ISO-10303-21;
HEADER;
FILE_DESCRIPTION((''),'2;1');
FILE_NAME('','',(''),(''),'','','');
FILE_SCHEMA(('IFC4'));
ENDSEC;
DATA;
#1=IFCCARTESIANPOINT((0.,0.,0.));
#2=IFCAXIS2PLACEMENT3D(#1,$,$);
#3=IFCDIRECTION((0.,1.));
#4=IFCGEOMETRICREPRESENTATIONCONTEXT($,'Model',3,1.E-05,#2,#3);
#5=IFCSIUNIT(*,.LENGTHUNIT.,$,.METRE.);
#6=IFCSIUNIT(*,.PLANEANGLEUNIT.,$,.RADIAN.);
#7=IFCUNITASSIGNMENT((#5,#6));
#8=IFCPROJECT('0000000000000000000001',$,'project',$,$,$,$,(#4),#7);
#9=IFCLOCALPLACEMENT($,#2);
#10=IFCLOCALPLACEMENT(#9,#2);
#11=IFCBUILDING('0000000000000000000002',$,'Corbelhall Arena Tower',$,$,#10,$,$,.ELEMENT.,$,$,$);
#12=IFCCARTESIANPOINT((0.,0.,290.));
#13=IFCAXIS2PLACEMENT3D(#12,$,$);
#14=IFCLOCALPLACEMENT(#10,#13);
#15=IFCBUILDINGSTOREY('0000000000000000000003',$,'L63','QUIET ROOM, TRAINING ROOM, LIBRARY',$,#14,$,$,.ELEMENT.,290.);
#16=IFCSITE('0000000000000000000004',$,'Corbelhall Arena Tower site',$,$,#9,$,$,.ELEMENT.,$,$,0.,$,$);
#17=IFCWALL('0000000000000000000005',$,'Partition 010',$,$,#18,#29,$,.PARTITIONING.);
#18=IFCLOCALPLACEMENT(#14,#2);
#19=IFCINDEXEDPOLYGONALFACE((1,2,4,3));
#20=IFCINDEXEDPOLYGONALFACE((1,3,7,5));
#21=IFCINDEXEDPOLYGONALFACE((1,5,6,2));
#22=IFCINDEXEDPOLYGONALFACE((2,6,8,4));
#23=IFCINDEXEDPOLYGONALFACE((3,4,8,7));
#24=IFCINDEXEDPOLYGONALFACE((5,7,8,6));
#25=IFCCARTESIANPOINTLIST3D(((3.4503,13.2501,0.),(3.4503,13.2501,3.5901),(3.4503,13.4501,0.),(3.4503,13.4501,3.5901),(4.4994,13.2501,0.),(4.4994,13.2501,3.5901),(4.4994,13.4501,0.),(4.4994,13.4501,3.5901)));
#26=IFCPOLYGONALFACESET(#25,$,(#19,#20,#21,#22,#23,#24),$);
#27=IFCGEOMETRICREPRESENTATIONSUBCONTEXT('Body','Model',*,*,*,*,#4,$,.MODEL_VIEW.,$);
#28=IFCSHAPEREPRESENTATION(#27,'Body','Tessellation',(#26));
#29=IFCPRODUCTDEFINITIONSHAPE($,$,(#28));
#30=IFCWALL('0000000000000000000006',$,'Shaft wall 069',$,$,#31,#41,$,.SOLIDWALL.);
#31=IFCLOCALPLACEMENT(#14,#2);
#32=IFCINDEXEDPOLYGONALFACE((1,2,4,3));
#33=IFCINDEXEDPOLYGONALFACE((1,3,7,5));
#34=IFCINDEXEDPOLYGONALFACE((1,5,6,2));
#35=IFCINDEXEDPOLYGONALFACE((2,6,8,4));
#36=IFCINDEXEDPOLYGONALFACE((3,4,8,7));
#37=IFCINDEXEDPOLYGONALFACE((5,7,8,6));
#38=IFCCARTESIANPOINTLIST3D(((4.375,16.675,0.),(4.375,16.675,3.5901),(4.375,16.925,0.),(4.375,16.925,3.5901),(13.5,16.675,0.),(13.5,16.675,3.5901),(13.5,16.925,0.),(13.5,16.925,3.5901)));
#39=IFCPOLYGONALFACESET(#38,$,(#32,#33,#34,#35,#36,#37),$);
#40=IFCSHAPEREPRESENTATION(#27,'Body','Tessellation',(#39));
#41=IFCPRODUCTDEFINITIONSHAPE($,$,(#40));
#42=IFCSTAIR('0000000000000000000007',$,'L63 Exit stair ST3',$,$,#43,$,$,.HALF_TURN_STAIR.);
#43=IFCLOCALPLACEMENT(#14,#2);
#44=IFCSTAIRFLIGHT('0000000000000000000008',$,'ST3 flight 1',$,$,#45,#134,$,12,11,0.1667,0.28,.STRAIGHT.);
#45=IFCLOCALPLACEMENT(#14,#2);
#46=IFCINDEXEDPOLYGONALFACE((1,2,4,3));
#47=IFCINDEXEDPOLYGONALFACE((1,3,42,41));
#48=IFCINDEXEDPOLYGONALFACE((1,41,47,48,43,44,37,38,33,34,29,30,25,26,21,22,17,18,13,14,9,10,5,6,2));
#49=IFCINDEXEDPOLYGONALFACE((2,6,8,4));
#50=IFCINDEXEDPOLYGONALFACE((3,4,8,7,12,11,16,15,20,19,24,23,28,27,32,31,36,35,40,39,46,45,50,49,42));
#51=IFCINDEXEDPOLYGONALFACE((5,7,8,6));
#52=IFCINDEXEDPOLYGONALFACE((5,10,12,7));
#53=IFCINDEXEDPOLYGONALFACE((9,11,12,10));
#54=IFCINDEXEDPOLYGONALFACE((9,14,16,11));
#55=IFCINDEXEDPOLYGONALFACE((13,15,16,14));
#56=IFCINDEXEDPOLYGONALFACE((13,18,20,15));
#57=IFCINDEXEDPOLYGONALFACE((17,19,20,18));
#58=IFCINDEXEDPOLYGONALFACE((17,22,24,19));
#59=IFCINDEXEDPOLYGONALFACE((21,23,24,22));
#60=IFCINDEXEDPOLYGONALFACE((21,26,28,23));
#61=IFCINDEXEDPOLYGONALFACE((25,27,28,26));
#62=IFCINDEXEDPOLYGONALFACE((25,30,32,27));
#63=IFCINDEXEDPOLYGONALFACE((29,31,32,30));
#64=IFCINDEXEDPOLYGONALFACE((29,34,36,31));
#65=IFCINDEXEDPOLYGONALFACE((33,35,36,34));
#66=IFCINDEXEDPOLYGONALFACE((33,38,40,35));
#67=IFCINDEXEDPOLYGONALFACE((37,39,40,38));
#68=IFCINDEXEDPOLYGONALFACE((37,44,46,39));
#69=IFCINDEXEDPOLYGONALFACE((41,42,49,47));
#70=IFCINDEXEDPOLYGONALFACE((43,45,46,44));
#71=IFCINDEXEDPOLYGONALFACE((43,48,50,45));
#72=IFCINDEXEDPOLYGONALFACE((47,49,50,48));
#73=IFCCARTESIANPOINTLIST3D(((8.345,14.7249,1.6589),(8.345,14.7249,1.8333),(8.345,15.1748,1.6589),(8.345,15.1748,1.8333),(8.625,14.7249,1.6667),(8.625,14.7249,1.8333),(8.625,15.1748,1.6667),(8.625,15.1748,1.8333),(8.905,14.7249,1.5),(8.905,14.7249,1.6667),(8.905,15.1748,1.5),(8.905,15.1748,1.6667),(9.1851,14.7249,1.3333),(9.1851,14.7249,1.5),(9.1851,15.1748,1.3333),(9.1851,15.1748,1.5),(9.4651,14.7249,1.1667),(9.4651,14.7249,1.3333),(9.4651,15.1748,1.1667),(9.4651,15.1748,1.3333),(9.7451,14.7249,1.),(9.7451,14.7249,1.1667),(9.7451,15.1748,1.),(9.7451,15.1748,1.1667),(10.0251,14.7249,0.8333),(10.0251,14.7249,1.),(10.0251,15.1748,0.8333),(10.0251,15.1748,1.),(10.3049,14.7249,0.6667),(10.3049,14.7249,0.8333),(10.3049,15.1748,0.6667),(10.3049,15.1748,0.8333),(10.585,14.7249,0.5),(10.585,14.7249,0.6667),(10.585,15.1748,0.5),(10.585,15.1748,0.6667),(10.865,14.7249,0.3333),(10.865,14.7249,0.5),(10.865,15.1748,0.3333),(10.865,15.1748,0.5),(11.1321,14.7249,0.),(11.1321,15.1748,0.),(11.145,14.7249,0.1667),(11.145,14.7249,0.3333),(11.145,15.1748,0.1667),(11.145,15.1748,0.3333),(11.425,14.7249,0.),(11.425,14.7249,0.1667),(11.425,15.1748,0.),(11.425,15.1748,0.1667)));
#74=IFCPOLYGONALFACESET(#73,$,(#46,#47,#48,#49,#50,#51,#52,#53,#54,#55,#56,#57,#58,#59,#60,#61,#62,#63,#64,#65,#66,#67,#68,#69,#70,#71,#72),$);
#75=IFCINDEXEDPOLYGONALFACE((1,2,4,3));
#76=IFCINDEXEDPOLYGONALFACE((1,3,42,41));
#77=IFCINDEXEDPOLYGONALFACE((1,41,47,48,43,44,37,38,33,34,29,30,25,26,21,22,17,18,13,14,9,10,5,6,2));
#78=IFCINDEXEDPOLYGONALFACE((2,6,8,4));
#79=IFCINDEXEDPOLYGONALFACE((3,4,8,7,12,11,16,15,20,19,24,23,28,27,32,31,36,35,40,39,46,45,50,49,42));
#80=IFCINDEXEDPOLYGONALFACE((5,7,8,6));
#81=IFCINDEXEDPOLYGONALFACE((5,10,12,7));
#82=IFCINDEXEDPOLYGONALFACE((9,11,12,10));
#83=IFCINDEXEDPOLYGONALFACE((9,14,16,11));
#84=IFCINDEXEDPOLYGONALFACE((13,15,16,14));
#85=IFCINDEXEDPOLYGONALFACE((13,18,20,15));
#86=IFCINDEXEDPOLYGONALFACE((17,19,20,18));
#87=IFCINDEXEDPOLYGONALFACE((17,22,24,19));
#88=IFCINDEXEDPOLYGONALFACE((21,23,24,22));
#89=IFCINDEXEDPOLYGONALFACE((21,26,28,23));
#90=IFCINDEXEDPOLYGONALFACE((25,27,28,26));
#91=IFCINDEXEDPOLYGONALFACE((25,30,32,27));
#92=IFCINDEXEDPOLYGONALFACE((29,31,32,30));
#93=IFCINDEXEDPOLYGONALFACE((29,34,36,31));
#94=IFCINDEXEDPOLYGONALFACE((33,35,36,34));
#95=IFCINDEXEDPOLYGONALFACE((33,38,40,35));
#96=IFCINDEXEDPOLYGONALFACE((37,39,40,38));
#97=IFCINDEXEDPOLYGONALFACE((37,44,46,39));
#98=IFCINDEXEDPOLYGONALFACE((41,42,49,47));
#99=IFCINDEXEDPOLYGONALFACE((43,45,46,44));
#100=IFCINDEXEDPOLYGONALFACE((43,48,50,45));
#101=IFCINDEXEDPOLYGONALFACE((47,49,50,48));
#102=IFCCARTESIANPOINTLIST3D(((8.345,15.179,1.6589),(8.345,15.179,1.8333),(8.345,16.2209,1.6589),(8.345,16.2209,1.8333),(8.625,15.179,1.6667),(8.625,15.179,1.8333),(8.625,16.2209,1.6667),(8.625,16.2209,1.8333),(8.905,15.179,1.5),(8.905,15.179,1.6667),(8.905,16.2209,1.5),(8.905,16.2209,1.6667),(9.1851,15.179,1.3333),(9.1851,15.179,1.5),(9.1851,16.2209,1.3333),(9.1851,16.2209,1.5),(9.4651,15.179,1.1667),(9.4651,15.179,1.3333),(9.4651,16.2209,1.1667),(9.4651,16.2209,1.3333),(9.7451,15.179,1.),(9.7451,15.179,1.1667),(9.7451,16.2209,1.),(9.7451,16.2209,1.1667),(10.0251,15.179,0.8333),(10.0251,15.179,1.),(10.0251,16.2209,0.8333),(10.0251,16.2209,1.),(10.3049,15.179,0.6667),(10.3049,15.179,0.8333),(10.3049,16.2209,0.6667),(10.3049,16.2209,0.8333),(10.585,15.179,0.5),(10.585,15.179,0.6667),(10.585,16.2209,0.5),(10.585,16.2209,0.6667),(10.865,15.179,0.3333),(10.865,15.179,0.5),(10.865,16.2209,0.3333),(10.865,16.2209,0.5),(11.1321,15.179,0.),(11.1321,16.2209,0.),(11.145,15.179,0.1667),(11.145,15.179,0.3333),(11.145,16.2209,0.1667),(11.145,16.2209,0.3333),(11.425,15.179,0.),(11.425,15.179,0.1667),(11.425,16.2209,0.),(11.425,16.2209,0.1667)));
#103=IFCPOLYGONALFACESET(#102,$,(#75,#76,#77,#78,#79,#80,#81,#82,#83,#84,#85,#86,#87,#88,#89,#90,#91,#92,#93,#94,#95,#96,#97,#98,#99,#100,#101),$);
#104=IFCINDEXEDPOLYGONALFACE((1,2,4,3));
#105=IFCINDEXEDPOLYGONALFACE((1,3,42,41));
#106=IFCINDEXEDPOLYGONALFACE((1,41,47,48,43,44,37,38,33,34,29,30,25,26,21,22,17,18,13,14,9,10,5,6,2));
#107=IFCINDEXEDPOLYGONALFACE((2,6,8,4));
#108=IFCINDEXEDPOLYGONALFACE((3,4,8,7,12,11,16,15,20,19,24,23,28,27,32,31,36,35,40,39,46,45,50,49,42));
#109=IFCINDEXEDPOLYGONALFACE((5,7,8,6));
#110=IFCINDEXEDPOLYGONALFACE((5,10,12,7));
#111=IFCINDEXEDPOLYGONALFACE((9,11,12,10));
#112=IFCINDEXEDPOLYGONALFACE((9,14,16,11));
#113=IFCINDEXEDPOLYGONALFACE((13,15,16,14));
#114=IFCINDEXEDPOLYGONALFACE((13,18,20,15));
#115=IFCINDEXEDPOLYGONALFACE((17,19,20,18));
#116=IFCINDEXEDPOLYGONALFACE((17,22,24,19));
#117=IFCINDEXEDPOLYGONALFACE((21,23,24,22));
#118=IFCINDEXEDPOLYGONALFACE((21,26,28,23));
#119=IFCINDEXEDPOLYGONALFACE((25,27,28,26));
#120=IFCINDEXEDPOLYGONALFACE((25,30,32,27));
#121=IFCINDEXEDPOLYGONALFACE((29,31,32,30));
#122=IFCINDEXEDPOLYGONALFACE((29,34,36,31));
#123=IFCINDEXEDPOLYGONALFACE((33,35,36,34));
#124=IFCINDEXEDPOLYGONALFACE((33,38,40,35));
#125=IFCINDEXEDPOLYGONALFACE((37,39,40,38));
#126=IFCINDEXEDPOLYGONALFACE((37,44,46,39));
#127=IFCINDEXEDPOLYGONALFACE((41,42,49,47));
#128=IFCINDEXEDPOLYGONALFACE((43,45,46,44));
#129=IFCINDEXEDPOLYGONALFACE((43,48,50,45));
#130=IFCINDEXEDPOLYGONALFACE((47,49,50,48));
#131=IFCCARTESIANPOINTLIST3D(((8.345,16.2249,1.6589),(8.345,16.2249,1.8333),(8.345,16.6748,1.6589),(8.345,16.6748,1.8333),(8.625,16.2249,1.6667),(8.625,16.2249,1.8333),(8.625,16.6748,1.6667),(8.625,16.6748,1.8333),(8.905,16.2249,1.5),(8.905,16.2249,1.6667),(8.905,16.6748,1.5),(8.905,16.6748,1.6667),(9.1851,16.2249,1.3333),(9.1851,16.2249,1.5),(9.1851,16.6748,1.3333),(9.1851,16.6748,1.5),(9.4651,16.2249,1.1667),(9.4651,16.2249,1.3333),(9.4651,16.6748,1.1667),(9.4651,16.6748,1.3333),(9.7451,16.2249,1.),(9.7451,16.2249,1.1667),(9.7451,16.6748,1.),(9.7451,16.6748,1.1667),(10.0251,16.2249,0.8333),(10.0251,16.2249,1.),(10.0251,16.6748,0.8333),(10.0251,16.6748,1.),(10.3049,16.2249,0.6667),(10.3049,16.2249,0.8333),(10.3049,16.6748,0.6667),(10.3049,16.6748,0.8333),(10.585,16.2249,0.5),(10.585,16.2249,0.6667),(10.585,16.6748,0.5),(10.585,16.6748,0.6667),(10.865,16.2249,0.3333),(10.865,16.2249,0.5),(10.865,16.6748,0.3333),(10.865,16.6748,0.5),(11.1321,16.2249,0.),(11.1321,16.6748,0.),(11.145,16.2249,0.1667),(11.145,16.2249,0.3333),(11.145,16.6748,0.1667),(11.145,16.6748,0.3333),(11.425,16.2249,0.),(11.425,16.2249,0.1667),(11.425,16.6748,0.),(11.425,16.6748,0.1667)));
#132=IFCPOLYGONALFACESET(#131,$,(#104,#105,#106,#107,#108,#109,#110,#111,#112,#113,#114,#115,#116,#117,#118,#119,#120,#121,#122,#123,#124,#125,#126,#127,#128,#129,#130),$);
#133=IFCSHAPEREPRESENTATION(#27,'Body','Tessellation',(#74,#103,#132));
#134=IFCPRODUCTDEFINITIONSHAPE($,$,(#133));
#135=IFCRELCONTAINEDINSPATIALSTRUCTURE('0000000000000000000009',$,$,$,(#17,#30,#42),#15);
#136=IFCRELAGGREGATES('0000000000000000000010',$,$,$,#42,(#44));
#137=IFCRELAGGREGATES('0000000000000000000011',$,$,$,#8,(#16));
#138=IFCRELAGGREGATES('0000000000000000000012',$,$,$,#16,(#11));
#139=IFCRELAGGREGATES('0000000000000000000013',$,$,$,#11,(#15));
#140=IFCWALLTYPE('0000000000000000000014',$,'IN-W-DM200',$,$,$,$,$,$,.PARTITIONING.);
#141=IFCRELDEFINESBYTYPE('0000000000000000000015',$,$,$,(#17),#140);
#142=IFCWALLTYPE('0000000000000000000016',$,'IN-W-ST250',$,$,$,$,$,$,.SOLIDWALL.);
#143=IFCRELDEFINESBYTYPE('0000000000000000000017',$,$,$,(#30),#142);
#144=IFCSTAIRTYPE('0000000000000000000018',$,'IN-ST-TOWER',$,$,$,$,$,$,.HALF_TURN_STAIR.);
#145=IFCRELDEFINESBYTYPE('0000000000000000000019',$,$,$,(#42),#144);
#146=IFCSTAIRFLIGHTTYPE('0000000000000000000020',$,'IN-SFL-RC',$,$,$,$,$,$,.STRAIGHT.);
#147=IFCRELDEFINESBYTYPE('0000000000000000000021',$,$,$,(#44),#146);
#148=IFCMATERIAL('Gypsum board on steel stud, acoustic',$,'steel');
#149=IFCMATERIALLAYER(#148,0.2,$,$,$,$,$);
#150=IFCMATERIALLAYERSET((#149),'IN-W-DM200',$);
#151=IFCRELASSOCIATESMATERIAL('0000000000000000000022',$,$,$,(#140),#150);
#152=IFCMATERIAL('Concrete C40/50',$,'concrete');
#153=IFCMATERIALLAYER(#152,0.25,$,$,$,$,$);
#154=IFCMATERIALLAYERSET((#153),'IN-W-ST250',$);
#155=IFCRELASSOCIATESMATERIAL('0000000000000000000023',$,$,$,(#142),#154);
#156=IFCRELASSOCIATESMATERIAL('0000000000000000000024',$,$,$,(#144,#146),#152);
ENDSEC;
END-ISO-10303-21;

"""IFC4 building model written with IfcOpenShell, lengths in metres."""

from ifc_helpers import new_model, si_unit, direction, frame, frame_2d, origin, place, context, subcontext, project, spatial, polyline, rectangle, outline, extrude, material, layer, layer_set, type_object, element, aggregate, save


model = new_model("IFC4")

# Units and contexts
model_context = context("Model", 3, precision=1e-05, world=origin(), true_north=direction((0.0, 1.0)))
body_context = subcontext(model_context, "Body", "Model", "MODEL_VIEW")
ifc_project = project(units=[si_unit("LENGTHUNIT", "METRE"), si_unit("PLANEANGLEUNIT", "RADIAN")], contexts=[model_context])

# Site, building, storey
site_placement = place(None, origin())
site = spatial("IfcSite", under=ifc_project, at=site_placement, Name="Corbelhall Arena Tower site", CompositionType="ELEMENT", RefElevation=0.0)
building_placement = place(site_placement, origin())
building = spatial("IfcBuilding", under=site, at=building_placement, Name="Corbelhall Arena Tower", CompositionType="ELEMENT")
storey_placement = place(building_placement, frame((0.0, 0.0, 290.0)))
storey = spatial("IfcBuildingStorey", under=building, at=storey_placement, Name="L63", Description="QUIET ROOM, TRAINING ROOM, LIBRARY", CompositionType="ELEMENT", Elevation=290.0)

# Walls
ifc_material_1 = material(Name="Gypsum board on steel stud, acoustic", Category="steel")
ifc_layer_1 = layer(ifc_material_1, 0.2)
ifc_layer_set_1 = layer_set([ifc_layer_1], Name="IN-W-DM200")
wall_type_1 = type_object("IfcWallType", Name="IN-W-DM200", PredefinedType="PARTITIONING", material=ifc_layer_set_1)
wall_1_placement = place(storey_placement, frame((3.4504, 13.3501, 0.0), z_axis=(0.0, 0.0, 1.0), x_axis=(1.0, 0.0, 0.0)))
element("IfcWall", 1, at=wall_1_placement, inside=storey, type_object=wall_type_1, Name="Partition 010", PredefinedType="PARTITIONING", context=body_context, shape_type="SweptSolid", body=[
    extrude(rectangle(XDim=1.0491, YDim=0.2, at=frame_2d((0.5244, 0.0))), origin(), (0.0, 0.0, 1.0), 3.5901),
])
ifc_material_2 = material(Name="Concrete C40/50", Category="concrete")
ifc_layer_2 = layer(ifc_material_2, 0.25)
ifc_layer_set_2 = layer_set([ifc_layer_2], Name="IN-W-ST250")
wall_type_2 = type_object("IfcWallType", Name="IN-W-ST250", PredefinedType="SOLIDWALL", material=ifc_layer_set_2)
wall_2_placement = place(storey_placement, frame((4.375, 16.8, 0.0), z_axis=(0.0, 0.0, 1.0), x_axis=(1.0, 0.0, 0.0)))
element("IfcWall", 2, at=wall_2_placement, inside=storey, type_object=wall_type_2, Name="Shaft wall 069", PredefinedType="SOLIDWALL", context=body_context, shape_type="SweptSolid", body=[
    extrude(rectangle(XDim=9.125, YDim=0.25, at=frame_2d((4.5625, 0.0))), origin(), (0.0, 0.0, 1.0), 3.5901),
])

# Stair, stair flight
stair_type = type_object("IfcStairType", Name="IN-ST-TOWER", PredefinedType="HALF_TURN_STAIR", material=ifc_material_2)
stair_placement = place(storey_placement, origin())
stair = element("IfcStair", 3, at=stair_placement, inside=storey, type_object=stair_type, Name="L63 Exit stair ST3", PredefinedType="HALF_TURN_STAIR")
stair_flight_type = type_object("IfcStairFlightType", Name="IN-SFL-RC", PredefinedType="STRAIGHT", material=ifc_material_2)
stair_flight_1_placement = place(storey_placement, frame((11.425, 15.7, 0.0), z_axis=(0.0, 0.0, 1.0), x_axis=(-1.0, 0.0, 0.0)))
stair_flight_1 = element("IfcStairFlight", 4, at=stair_flight_1_placement, type_object=stair_flight_type, Name="ST3 flight 1", NumberOfRisers=12, NumberOfTreads=11, PredefinedType="STRAIGHT", RiserHeight=0.1667, TreadLength=0.28, context=body_context, shape_type="SweptSolid", body=[
    extrude(outline(polyline([(0.0, 0.0), (0.0, 0.1667), (0.28, 0.1667), (0.28, 0.3333), (0.5601, 0.3333), (0.5601, 0.5), (0.8401, 0.5), (0.8401, 0.6667), (1.1201, 0.6667), (1.1201, 0.8333), (1.3999, 0.8333), (1.3999, 1.0), (1.6799, 1.0), (1.6799, 1.1667), (1.96, 1.1667), (1.96, 1.3333), (2.24, 1.3333), (2.24, 1.5), (2.52, 1.5), (2.52, 1.6667), (2.8, 1.6667), (2.8, 1.8333), (3.0801, 1.8333), (3.0801, 2.0), (3.0801, 1.6589), (0.293, 0.0), (0.0, 0.0)])), frame((0.0, 0.9751, 0.0), z_axis=(0.0, -1.0, 0.0), x_axis=(1.0, 0.0, 0.0)), (0.0, 0.0, 1.0), 0.45),
    extrude(outline(polyline([(0.0, 0.0), (0.0, 0.1667), (0.28, 0.1667), (0.28, 0.3333), (0.5601, 0.3333), (0.5601, 0.5), (0.8401, 0.5), (0.8401, 0.6667), (1.1201, 0.6667), (1.1201, 0.8333), (1.3999, 0.8333), (1.3999, 1.0), (1.6799, 1.0), (1.6799, 1.1667), (1.96, 1.1667), (1.96, 1.3333), (2.24, 1.3333), (2.24, 1.5), (2.52, 1.5), (2.52, 1.6667), (2.8, 1.6667), (2.8, 1.8333), (3.0801, 1.8333), (3.0801, 2.0), (3.0801, 1.6589), (0.293, 0.0), (0.0, 0.0)])), frame((0.0, 0.521, 0.0), z_axis=(0.0, -1.0, 0.0), x_axis=(1.0, 0.0, 0.0)), (0.0, 0.0, 1.0), 1.042),
    extrude(outline(polyline([(0.0, 0.0), (0.0, 0.1667), (0.28, 0.1667), (0.28, 0.3333), (0.5601, 0.3333), (0.5601, 0.5), (0.8401, 0.5), (0.8401, 0.6667), (1.1201, 0.6667), (1.1201, 0.8333), (1.3999, 0.8333), (1.3999, 1.0), (1.6799, 1.0), (1.6799, 1.1667), (1.96, 1.1667), (1.96, 1.3333), (2.24, 1.3333), (2.24, 1.5), (2.52, 1.5), (2.52, 1.6667), (2.8, 1.6667), (2.8, 1.8333), (3.0801, 1.8333), (3.0801, 2.0), (3.0801, 1.6589), (0.293, 0.0), (0.0, 0.0)])), frame((0.0, -0.5249, 0.0), z_axis=(0.0, -1.0, 0.0), x_axis=(1.0, 0.0, 0.0)), (0.0, 0.0, 1.0), 0.45),
])
aggregate(stair, [stair_flight_1])

save(model, "model.ifc")
